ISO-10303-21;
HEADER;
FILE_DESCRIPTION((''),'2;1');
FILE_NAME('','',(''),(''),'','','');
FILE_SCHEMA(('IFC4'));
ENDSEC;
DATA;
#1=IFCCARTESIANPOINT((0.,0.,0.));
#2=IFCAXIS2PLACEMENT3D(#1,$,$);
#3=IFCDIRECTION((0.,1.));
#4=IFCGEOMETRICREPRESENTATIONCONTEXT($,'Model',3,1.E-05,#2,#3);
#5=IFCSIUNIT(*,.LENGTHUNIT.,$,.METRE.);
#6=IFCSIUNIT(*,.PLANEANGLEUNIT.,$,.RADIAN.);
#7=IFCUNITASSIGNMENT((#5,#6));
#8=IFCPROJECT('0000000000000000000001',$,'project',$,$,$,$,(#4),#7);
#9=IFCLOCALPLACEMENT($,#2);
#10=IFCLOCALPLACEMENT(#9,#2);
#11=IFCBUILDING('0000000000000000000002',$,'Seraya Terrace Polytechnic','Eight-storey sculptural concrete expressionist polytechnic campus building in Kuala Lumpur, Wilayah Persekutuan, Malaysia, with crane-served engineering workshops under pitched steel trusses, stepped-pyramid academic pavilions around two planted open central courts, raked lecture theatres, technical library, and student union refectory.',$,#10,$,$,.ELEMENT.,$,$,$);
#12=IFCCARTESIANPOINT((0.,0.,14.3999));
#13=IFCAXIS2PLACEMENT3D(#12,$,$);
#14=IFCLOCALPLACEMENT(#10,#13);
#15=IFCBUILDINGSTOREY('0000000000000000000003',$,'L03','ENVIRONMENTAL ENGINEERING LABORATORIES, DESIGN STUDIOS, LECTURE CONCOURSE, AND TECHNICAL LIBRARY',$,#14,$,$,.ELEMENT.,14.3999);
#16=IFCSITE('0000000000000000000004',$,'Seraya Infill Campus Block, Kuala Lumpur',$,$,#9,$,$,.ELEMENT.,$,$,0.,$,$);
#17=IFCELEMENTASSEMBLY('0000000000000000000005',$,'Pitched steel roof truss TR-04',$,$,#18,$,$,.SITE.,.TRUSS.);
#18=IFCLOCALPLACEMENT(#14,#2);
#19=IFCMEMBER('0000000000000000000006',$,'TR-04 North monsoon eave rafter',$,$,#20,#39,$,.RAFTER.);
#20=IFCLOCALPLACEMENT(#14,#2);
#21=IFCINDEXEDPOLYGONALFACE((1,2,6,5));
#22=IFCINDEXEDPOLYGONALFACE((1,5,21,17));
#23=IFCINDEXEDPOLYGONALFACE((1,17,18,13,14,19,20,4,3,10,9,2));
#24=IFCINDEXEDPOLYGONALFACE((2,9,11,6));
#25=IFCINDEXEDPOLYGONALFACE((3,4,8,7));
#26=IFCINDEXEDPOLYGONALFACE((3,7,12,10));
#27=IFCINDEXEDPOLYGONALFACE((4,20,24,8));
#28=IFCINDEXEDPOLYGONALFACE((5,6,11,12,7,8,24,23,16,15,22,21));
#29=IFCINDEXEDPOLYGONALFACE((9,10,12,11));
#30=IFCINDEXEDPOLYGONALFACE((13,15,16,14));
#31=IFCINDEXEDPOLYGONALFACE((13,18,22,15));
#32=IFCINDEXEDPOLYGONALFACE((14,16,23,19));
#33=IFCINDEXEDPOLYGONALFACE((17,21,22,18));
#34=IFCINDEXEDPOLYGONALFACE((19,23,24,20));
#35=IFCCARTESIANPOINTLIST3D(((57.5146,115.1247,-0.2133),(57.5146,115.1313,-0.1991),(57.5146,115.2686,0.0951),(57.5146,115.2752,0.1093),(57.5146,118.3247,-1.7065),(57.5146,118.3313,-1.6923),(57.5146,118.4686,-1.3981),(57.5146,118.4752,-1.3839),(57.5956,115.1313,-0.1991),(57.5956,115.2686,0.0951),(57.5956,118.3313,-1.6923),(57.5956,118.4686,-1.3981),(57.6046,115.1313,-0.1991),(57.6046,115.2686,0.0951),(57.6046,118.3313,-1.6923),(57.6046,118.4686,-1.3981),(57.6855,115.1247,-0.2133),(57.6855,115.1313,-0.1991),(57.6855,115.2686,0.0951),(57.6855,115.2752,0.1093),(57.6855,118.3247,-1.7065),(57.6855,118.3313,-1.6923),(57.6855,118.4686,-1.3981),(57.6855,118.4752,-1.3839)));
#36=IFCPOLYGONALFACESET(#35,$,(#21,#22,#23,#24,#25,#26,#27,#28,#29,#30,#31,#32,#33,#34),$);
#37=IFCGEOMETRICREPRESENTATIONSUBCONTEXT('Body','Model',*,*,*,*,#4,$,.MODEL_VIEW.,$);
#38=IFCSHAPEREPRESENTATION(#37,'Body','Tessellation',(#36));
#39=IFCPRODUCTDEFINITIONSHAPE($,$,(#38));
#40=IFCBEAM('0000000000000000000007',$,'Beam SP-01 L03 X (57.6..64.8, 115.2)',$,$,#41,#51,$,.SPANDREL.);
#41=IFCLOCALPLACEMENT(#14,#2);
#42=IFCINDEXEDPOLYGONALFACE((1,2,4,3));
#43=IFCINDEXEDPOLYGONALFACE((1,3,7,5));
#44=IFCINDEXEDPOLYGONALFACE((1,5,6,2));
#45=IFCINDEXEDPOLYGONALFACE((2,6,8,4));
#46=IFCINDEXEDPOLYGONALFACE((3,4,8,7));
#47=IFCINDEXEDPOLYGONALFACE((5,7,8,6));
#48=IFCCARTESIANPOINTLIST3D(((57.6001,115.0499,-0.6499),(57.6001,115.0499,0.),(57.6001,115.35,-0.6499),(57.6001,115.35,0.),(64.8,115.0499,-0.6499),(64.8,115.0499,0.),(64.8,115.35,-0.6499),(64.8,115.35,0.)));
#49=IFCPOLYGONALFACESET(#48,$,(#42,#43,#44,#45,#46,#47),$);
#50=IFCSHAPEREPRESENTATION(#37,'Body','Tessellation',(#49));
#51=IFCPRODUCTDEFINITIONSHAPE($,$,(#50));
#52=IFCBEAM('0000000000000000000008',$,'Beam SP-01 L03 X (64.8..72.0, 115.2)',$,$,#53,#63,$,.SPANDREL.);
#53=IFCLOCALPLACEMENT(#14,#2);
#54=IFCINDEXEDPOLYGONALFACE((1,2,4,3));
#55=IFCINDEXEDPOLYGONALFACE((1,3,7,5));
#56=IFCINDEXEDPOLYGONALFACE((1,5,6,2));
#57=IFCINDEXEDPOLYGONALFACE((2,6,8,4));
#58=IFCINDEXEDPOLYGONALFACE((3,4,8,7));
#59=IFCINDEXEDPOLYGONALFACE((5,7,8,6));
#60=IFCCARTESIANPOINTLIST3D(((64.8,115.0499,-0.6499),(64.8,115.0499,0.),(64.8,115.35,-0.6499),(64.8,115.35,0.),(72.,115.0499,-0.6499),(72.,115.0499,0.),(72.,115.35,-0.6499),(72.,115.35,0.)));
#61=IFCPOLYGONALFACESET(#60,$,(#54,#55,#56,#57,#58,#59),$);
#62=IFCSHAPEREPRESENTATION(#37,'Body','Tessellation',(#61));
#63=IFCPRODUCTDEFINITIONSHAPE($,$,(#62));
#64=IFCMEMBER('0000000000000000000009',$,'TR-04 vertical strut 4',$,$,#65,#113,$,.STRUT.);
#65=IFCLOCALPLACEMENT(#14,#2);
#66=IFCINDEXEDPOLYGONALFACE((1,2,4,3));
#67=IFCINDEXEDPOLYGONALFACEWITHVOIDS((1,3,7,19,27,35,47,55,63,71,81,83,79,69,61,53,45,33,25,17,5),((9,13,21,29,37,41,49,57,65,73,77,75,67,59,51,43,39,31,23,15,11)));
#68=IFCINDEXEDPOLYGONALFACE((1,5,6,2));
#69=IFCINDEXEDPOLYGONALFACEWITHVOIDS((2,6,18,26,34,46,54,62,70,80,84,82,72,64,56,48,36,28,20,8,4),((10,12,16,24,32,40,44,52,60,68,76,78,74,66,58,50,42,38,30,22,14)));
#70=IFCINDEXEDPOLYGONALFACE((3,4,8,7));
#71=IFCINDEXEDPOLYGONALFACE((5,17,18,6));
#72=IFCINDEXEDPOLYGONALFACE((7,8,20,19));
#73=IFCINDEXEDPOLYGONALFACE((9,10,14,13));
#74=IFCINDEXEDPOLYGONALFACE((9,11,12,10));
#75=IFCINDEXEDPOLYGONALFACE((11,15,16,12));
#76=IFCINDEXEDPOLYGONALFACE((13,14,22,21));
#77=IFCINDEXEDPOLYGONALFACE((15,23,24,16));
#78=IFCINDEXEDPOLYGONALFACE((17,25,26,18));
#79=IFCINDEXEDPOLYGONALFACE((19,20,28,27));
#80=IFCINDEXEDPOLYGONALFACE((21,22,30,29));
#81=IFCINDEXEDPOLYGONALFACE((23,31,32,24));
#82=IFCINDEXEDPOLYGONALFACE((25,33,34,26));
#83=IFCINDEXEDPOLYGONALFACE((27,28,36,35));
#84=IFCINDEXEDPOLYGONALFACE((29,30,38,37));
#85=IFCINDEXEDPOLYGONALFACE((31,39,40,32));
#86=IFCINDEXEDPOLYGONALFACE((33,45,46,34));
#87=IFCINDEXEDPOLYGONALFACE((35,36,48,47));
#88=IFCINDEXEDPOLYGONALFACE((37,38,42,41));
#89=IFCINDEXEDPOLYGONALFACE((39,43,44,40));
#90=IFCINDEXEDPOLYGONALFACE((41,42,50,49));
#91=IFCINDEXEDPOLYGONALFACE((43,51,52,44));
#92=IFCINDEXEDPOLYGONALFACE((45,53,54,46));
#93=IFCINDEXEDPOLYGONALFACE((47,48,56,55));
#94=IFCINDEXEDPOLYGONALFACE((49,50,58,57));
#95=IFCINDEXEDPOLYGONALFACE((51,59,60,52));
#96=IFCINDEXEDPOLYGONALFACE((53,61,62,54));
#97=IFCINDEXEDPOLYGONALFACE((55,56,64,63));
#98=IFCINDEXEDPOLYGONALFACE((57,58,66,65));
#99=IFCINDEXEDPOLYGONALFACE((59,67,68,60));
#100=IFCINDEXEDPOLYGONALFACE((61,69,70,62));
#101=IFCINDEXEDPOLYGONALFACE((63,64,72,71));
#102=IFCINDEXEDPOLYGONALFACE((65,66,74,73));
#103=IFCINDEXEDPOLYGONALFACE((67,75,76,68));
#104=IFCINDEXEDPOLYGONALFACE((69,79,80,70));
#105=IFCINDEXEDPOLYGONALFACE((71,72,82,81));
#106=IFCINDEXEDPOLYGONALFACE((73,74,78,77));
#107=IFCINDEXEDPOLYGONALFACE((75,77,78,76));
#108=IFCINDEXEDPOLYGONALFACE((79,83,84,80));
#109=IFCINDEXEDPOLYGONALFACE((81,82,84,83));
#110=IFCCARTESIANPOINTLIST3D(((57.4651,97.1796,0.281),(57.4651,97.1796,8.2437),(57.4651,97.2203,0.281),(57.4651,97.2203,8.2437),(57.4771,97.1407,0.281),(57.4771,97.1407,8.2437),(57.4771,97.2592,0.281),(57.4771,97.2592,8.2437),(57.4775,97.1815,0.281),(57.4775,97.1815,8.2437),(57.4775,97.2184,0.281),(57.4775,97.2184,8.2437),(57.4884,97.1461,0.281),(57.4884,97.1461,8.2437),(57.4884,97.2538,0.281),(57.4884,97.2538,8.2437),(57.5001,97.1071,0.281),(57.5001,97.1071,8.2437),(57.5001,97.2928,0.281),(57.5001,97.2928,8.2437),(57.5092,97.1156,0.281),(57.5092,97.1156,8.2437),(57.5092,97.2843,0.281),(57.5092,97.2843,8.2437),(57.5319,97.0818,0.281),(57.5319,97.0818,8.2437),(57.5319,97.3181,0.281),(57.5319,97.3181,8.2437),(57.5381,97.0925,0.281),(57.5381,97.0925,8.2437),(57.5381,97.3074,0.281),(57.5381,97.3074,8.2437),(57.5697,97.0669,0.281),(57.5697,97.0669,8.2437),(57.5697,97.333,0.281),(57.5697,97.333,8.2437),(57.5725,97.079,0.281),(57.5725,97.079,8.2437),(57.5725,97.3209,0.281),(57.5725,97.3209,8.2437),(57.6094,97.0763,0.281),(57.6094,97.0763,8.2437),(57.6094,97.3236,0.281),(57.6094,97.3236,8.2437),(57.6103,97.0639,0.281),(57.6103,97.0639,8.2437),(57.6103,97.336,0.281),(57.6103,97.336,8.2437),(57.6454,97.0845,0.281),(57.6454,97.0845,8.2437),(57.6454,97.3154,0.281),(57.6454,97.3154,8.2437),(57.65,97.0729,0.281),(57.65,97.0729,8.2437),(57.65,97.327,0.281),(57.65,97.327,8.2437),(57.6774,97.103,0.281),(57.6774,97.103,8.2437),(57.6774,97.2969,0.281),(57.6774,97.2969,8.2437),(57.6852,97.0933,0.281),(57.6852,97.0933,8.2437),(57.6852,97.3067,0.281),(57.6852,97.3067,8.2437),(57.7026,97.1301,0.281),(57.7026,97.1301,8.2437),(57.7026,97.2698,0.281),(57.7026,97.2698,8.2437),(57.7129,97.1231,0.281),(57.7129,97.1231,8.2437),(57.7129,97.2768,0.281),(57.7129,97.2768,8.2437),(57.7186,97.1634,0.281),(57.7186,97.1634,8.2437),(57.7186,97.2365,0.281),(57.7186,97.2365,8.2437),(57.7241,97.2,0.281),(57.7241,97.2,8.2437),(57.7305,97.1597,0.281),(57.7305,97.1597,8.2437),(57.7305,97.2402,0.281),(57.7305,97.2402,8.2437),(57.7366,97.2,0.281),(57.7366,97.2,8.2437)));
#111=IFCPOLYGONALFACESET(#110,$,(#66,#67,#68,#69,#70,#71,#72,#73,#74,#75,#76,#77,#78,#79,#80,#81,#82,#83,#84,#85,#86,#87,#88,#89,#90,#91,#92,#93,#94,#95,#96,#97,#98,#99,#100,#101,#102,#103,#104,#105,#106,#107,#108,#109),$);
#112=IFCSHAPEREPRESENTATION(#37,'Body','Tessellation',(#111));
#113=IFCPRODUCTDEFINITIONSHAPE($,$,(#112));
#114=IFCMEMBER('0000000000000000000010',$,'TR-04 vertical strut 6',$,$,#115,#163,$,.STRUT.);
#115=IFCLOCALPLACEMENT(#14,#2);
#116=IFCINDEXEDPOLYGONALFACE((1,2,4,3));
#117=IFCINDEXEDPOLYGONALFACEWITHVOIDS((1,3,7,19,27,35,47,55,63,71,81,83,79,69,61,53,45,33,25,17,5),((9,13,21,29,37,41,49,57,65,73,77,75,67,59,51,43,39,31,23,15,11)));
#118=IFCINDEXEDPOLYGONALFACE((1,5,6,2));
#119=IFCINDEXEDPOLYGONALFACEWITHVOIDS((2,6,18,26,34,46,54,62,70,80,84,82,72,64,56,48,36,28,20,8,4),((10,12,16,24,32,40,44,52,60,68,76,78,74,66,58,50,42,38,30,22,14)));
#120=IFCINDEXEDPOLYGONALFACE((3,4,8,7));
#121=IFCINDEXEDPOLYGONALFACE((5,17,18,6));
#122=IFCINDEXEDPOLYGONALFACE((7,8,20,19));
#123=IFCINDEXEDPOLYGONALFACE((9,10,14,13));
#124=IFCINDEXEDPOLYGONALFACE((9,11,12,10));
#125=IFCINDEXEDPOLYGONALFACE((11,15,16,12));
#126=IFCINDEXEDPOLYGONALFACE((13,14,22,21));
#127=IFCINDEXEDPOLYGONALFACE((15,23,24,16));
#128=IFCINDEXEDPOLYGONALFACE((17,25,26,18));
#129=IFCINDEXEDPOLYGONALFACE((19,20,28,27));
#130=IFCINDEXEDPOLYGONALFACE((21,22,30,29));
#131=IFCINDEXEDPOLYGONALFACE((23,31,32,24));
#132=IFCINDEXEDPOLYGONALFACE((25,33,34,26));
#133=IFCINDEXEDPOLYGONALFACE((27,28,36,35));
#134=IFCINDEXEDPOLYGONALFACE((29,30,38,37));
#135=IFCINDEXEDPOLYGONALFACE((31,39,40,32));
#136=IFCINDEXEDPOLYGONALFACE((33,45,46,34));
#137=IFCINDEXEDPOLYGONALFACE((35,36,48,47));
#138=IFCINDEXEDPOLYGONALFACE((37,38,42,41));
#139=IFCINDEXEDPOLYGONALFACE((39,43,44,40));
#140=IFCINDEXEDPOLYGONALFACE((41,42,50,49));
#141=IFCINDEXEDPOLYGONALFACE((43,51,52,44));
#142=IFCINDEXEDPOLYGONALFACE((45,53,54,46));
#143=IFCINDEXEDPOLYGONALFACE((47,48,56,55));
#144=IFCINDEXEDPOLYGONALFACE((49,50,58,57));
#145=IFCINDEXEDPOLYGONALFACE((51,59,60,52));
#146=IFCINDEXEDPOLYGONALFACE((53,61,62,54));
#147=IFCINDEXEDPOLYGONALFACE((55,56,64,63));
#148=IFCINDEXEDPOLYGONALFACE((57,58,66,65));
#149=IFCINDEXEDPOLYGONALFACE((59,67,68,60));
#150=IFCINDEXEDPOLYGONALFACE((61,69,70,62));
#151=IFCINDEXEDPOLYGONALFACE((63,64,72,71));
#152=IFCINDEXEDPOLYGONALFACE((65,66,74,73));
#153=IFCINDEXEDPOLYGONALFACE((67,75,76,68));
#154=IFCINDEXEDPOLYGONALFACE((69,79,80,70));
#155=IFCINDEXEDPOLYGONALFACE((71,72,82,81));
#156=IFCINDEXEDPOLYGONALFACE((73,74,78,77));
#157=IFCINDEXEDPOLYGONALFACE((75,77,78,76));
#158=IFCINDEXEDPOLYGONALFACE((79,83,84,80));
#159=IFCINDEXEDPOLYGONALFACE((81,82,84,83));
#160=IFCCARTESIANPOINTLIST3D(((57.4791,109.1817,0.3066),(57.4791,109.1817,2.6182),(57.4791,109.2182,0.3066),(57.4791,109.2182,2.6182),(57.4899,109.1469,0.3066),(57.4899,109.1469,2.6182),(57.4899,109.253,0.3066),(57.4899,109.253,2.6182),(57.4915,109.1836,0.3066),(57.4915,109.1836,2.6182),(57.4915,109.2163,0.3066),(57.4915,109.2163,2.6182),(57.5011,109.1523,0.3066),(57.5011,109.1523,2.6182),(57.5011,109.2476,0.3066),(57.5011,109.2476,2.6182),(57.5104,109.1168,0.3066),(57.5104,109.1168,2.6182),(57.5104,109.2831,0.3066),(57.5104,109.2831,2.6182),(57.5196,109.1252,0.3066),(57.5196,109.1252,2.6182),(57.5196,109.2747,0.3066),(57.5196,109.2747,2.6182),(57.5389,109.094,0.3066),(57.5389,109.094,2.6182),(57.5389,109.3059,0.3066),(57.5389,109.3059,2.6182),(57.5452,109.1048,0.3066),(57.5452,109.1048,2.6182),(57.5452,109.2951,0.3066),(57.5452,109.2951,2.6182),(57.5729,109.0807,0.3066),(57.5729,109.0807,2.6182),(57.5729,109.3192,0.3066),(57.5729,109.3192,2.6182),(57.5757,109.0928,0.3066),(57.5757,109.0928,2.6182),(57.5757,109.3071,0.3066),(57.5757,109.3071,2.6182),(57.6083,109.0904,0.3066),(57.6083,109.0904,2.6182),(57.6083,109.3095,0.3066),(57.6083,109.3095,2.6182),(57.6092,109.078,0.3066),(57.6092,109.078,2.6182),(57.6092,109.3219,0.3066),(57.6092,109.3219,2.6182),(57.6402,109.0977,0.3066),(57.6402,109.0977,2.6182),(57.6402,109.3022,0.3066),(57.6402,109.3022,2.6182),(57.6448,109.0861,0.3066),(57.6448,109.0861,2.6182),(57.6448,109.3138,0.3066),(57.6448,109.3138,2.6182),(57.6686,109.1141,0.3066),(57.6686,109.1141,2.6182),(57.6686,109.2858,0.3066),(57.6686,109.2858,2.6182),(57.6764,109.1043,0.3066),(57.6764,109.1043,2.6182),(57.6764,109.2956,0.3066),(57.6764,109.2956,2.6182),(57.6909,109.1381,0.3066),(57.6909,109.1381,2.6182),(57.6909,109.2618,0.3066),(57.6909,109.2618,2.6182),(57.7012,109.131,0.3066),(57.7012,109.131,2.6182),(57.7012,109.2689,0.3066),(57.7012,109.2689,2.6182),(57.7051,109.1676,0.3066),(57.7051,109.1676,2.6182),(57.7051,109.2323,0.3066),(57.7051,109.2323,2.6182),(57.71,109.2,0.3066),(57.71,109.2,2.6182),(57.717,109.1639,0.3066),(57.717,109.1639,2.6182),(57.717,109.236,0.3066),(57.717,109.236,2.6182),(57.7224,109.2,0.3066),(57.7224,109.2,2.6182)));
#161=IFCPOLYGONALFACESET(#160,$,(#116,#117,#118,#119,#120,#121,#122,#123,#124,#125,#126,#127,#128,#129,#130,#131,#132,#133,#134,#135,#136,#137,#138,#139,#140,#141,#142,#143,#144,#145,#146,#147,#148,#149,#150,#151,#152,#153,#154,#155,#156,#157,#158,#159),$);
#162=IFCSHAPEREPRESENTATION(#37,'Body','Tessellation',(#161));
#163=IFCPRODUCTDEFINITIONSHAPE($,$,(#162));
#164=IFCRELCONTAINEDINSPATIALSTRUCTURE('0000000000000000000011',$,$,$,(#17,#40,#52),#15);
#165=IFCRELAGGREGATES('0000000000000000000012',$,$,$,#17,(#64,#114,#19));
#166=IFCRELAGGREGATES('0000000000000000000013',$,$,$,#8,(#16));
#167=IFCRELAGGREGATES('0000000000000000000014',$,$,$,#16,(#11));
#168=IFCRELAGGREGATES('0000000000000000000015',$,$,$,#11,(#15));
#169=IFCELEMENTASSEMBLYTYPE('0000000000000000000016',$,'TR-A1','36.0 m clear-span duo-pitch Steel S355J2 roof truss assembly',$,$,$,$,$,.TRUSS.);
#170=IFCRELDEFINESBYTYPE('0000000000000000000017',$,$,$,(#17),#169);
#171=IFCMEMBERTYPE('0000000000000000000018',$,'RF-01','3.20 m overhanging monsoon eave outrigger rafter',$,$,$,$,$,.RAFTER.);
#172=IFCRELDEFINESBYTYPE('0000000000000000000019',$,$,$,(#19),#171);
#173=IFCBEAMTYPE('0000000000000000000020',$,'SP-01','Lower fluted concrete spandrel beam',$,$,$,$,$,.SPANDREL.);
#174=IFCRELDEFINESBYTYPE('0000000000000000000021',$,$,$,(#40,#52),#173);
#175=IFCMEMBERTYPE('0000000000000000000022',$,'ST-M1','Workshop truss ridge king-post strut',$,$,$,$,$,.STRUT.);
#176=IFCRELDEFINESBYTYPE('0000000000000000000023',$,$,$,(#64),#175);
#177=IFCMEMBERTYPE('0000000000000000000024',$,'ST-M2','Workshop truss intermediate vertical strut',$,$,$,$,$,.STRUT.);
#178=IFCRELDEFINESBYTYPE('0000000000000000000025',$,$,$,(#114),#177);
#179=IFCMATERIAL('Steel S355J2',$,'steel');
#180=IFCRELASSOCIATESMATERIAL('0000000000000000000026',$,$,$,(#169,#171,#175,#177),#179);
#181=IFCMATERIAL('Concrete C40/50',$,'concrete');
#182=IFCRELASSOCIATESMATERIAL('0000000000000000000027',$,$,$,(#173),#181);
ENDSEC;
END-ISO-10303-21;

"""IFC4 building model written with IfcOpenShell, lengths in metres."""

from ifc_helpers import new_model, si_unit, direction, frame, origin, origin_2d, place, context, subcontext, project, spatial, rectangle, hollow_circle, i_section, extrude, material, material_profile, profile_set, type_object, element, aggregate, save


model = new_model("IFC4")

# Units and contexts
model_context = context("Model", 3, precision=1e-05, world=origin(), true_north=direction((0.0, 1.0)))
body_context = subcontext(model_context, "Body", "Model", "MODEL_VIEW")
ifc_project = project(units=[si_unit("LENGTHUNIT", "METRE"), si_unit("PLANEANGLEUNIT", "RADIAN")], contexts=[model_context])

# Site, building, storey
site_placement = place(None, origin())
site = spatial("IfcSite", under=ifc_project, at=site_placement, Name="Seraya Infill Campus Block, Kuala Lumpur", CompositionType="ELEMENT", RefElevation=0.0)
building_placement = place(site_placement, origin())
building = spatial("IfcBuilding", under=site, at=building_placement, Name="Seraya Terrace Polytechnic", Description="Eight-storey sculptural concrete expressionist polytechnic campus building in Kuala Lumpur, Wilayah Persekutuan, Malaysia, with crane-served engineering workshops under pitched steel trusses, stepped-pyramid academic pavilions around two planted open central courts, raked lecture theatres, technical library, and student union refectory.", CompositionType="ELEMENT")
storey_placement = place(building_placement, frame((0.0, 0.0, 14.3999)))
storey = spatial("IfcBuildingStorey", under=building, at=storey_placement, Name="L03", Description="ENVIRONMENTAL ENGINEERING LABORATORIES, DESIGN STUDIOS, LECTURE CONCOURSE, AND TECHNICAL LIBRARY", CompositionType="ELEMENT", Elevation=14.3999)

# Element assembly
ifc_material_1 = material(Name="Steel S355J2", Category="steel")
element_assembly_type = type_object("IfcElementAssemblyType", Name="TR-A1", Description="36.0 m clear-span duo-pitch Steel S355J2 roof truss assembly", PredefinedType="TRUSS", material=ifc_material_1)
assembly_placement = place(storey_placement, origin())
assembly = element("IfcElementAssembly", 1, at=assembly_placement, inside=storey, type_object=element_assembly_type, Name="Pitched steel roof truss TR-04", AssemblyPlace="SITE", PredefinedType="TRUSS")

# Member
ifc_material_profile_1 = material_profile(ifc_material_1, i_section(OverallWidth=0.1709, OverallDepth=0.356, WebThickness=0.009, FlangeThickness=0.0156, at=origin_2d()), Name="UKB 356x171x9.1x15.7")
ifc_profile_set_1 = profile_set([ifc_material_profile_1], Name="Steel S355J2")
member_type_1 = type_object("IfcMemberType", Name="RF-01", Description="3.20 m overhanging monsoon eave outrigger rafter", PredefinedType="RAFTER", material=ifc_profile_set_1)
member_1_placement = place(storey_placement, frame((57.6001, 115.2, -0.052), z_axis=(0.0, 0.906199, -0.422851), x_axis=(-1.0, 0.0, 0.0)))
member_1 = element("IfcMember", 2, at=member_1_placement, type_object=member_type_1, Name="TR-04 North monsoon eave rafter", PredefinedType="RAFTER", context=body_context, shape_type="SweptSolid", body=[
    extrude(i_section(OverallWidth=0.1709, OverallDepth=0.356, WebThickness=0.009, FlangeThickness=0.0156, at=origin_2d()), origin(), (0.0, 0.0, 1.0), 3.5312),
])

# Beams
ifc_material_2 = material(Name="Concrete C40/50", Category="concrete")
ifc_material_profile_2 = material_profile(ifc_material_2, rectangle(XDim=0.3, YDim=0.6499, at=origin_2d()), Name="RC 300x650")
ifc_profile_set_2 = profile_set([ifc_material_profile_2], Name="Concrete C40/50")
beam_type = type_object("IfcBeamType", Name="SP-01", Description="Lower fluted concrete spandrel beam", PredefinedType="SPANDREL", material=ifc_profile_set_2)
for number, where, z_axis, x_axis, name in (
    (3, (57.6001, 115.2, -0.325), (1.0, 0.0, 0.0), (0.0, 1.0, 0.0), "Beam SP-01 L03 X (57.6..64.8, 115.2)"),
    (4, (64.8, 115.2, -0.325), (1.0, 0.0, 0.0), (0.0, 1.0, 0.0), "Beam SP-01 L03 X (64.8..72.0, 115.2)"),
):
    element("IfcBeam", number, at=place(storey_placement, frame(where, z_axis=z_axis, x_axis=x_axis)), inside=storey, type_object=beam_type, Name=name, PredefinedType="SPANDREL", context=body_context, shape_type="SweptSolid", body=[
        extrude(rectangle(XDim=0.3, YDim=0.6499, at=origin_2d()), origin(), (0.0, 0.0, 1.0), 7.2),
    ])

# Members
ifc_material_profile_3 = material_profile(ifc_material_1, hollow_circle(Radius=0.1365, WallThickness=0.0125, at=origin_2d()), Name="CHS 273.0x12.5")
ifc_profile_set_3 = profile_set([ifc_material_profile_3], Name="Steel S355J2")
member_type_2 = type_object("IfcMemberType", Name="ST-M1", Description="Workshop truss ridge king-post strut", PredefinedType="STRUT", material=ifc_profile_set_3)
member_2_placement = place(storey_placement, frame((57.6001, 97.2, 0.281), z_axis=(0.0, 0.0, 1.0), x_axis=(1.0, 0.0, 0.0)))
member_2 = element("IfcMember", 5, at=member_2_placement, type_object=member_type_2, Name="TR-04 vertical strut 4", PredefinedType="STRUT", context=body_context, shape_type="SweptSolid", body=[
    extrude(hollow_circle(Radius=0.1365, WallThickness=0.0125, at=origin_2d()), origin(), (0.0, 0.0, 1.0), 7.9626),
])
ifc_material_profile_4 = material_profile(ifc_material_1, hollow_circle(Radius=0.1223, WallThickness=0.0125, at=origin_2d()), Name="CHS 244.5x12.5")
ifc_profile_set_4 = profile_set([ifc_material_profile_4], Name="Steel S355J2")
member_type_3 = type_object("IfcMemberType", Name="ST-M2", Description="Workshop truss intermediate vertical strut", PredefinedType="STRUT", material=ifc_profile_set_4)
member_3_placement = place(storey_placement, frame((57.6001, 109.2, 0.3066), z_axis=(0.0, 0.0, 1.0), x_axis=(1.0, 0.0, 0.0)))
member_3 = element("IfcMember", 6, at=member_3_placement, type_object=member_type_3, Name="TR-04 vertical strut 6", PredefinedType="STRUT", context=body_context, shape_type="SweptSolid", body=[
    extrude(hollow_circle(Radius=0.1223, WallThickness=0.0125, at=origin_2d()), origin(), (0.0, 0.0, 1.0), 2.3115),
])

aggregate(assembly, [member_2, member_3, member_1])

save(model, "model.ifc")
